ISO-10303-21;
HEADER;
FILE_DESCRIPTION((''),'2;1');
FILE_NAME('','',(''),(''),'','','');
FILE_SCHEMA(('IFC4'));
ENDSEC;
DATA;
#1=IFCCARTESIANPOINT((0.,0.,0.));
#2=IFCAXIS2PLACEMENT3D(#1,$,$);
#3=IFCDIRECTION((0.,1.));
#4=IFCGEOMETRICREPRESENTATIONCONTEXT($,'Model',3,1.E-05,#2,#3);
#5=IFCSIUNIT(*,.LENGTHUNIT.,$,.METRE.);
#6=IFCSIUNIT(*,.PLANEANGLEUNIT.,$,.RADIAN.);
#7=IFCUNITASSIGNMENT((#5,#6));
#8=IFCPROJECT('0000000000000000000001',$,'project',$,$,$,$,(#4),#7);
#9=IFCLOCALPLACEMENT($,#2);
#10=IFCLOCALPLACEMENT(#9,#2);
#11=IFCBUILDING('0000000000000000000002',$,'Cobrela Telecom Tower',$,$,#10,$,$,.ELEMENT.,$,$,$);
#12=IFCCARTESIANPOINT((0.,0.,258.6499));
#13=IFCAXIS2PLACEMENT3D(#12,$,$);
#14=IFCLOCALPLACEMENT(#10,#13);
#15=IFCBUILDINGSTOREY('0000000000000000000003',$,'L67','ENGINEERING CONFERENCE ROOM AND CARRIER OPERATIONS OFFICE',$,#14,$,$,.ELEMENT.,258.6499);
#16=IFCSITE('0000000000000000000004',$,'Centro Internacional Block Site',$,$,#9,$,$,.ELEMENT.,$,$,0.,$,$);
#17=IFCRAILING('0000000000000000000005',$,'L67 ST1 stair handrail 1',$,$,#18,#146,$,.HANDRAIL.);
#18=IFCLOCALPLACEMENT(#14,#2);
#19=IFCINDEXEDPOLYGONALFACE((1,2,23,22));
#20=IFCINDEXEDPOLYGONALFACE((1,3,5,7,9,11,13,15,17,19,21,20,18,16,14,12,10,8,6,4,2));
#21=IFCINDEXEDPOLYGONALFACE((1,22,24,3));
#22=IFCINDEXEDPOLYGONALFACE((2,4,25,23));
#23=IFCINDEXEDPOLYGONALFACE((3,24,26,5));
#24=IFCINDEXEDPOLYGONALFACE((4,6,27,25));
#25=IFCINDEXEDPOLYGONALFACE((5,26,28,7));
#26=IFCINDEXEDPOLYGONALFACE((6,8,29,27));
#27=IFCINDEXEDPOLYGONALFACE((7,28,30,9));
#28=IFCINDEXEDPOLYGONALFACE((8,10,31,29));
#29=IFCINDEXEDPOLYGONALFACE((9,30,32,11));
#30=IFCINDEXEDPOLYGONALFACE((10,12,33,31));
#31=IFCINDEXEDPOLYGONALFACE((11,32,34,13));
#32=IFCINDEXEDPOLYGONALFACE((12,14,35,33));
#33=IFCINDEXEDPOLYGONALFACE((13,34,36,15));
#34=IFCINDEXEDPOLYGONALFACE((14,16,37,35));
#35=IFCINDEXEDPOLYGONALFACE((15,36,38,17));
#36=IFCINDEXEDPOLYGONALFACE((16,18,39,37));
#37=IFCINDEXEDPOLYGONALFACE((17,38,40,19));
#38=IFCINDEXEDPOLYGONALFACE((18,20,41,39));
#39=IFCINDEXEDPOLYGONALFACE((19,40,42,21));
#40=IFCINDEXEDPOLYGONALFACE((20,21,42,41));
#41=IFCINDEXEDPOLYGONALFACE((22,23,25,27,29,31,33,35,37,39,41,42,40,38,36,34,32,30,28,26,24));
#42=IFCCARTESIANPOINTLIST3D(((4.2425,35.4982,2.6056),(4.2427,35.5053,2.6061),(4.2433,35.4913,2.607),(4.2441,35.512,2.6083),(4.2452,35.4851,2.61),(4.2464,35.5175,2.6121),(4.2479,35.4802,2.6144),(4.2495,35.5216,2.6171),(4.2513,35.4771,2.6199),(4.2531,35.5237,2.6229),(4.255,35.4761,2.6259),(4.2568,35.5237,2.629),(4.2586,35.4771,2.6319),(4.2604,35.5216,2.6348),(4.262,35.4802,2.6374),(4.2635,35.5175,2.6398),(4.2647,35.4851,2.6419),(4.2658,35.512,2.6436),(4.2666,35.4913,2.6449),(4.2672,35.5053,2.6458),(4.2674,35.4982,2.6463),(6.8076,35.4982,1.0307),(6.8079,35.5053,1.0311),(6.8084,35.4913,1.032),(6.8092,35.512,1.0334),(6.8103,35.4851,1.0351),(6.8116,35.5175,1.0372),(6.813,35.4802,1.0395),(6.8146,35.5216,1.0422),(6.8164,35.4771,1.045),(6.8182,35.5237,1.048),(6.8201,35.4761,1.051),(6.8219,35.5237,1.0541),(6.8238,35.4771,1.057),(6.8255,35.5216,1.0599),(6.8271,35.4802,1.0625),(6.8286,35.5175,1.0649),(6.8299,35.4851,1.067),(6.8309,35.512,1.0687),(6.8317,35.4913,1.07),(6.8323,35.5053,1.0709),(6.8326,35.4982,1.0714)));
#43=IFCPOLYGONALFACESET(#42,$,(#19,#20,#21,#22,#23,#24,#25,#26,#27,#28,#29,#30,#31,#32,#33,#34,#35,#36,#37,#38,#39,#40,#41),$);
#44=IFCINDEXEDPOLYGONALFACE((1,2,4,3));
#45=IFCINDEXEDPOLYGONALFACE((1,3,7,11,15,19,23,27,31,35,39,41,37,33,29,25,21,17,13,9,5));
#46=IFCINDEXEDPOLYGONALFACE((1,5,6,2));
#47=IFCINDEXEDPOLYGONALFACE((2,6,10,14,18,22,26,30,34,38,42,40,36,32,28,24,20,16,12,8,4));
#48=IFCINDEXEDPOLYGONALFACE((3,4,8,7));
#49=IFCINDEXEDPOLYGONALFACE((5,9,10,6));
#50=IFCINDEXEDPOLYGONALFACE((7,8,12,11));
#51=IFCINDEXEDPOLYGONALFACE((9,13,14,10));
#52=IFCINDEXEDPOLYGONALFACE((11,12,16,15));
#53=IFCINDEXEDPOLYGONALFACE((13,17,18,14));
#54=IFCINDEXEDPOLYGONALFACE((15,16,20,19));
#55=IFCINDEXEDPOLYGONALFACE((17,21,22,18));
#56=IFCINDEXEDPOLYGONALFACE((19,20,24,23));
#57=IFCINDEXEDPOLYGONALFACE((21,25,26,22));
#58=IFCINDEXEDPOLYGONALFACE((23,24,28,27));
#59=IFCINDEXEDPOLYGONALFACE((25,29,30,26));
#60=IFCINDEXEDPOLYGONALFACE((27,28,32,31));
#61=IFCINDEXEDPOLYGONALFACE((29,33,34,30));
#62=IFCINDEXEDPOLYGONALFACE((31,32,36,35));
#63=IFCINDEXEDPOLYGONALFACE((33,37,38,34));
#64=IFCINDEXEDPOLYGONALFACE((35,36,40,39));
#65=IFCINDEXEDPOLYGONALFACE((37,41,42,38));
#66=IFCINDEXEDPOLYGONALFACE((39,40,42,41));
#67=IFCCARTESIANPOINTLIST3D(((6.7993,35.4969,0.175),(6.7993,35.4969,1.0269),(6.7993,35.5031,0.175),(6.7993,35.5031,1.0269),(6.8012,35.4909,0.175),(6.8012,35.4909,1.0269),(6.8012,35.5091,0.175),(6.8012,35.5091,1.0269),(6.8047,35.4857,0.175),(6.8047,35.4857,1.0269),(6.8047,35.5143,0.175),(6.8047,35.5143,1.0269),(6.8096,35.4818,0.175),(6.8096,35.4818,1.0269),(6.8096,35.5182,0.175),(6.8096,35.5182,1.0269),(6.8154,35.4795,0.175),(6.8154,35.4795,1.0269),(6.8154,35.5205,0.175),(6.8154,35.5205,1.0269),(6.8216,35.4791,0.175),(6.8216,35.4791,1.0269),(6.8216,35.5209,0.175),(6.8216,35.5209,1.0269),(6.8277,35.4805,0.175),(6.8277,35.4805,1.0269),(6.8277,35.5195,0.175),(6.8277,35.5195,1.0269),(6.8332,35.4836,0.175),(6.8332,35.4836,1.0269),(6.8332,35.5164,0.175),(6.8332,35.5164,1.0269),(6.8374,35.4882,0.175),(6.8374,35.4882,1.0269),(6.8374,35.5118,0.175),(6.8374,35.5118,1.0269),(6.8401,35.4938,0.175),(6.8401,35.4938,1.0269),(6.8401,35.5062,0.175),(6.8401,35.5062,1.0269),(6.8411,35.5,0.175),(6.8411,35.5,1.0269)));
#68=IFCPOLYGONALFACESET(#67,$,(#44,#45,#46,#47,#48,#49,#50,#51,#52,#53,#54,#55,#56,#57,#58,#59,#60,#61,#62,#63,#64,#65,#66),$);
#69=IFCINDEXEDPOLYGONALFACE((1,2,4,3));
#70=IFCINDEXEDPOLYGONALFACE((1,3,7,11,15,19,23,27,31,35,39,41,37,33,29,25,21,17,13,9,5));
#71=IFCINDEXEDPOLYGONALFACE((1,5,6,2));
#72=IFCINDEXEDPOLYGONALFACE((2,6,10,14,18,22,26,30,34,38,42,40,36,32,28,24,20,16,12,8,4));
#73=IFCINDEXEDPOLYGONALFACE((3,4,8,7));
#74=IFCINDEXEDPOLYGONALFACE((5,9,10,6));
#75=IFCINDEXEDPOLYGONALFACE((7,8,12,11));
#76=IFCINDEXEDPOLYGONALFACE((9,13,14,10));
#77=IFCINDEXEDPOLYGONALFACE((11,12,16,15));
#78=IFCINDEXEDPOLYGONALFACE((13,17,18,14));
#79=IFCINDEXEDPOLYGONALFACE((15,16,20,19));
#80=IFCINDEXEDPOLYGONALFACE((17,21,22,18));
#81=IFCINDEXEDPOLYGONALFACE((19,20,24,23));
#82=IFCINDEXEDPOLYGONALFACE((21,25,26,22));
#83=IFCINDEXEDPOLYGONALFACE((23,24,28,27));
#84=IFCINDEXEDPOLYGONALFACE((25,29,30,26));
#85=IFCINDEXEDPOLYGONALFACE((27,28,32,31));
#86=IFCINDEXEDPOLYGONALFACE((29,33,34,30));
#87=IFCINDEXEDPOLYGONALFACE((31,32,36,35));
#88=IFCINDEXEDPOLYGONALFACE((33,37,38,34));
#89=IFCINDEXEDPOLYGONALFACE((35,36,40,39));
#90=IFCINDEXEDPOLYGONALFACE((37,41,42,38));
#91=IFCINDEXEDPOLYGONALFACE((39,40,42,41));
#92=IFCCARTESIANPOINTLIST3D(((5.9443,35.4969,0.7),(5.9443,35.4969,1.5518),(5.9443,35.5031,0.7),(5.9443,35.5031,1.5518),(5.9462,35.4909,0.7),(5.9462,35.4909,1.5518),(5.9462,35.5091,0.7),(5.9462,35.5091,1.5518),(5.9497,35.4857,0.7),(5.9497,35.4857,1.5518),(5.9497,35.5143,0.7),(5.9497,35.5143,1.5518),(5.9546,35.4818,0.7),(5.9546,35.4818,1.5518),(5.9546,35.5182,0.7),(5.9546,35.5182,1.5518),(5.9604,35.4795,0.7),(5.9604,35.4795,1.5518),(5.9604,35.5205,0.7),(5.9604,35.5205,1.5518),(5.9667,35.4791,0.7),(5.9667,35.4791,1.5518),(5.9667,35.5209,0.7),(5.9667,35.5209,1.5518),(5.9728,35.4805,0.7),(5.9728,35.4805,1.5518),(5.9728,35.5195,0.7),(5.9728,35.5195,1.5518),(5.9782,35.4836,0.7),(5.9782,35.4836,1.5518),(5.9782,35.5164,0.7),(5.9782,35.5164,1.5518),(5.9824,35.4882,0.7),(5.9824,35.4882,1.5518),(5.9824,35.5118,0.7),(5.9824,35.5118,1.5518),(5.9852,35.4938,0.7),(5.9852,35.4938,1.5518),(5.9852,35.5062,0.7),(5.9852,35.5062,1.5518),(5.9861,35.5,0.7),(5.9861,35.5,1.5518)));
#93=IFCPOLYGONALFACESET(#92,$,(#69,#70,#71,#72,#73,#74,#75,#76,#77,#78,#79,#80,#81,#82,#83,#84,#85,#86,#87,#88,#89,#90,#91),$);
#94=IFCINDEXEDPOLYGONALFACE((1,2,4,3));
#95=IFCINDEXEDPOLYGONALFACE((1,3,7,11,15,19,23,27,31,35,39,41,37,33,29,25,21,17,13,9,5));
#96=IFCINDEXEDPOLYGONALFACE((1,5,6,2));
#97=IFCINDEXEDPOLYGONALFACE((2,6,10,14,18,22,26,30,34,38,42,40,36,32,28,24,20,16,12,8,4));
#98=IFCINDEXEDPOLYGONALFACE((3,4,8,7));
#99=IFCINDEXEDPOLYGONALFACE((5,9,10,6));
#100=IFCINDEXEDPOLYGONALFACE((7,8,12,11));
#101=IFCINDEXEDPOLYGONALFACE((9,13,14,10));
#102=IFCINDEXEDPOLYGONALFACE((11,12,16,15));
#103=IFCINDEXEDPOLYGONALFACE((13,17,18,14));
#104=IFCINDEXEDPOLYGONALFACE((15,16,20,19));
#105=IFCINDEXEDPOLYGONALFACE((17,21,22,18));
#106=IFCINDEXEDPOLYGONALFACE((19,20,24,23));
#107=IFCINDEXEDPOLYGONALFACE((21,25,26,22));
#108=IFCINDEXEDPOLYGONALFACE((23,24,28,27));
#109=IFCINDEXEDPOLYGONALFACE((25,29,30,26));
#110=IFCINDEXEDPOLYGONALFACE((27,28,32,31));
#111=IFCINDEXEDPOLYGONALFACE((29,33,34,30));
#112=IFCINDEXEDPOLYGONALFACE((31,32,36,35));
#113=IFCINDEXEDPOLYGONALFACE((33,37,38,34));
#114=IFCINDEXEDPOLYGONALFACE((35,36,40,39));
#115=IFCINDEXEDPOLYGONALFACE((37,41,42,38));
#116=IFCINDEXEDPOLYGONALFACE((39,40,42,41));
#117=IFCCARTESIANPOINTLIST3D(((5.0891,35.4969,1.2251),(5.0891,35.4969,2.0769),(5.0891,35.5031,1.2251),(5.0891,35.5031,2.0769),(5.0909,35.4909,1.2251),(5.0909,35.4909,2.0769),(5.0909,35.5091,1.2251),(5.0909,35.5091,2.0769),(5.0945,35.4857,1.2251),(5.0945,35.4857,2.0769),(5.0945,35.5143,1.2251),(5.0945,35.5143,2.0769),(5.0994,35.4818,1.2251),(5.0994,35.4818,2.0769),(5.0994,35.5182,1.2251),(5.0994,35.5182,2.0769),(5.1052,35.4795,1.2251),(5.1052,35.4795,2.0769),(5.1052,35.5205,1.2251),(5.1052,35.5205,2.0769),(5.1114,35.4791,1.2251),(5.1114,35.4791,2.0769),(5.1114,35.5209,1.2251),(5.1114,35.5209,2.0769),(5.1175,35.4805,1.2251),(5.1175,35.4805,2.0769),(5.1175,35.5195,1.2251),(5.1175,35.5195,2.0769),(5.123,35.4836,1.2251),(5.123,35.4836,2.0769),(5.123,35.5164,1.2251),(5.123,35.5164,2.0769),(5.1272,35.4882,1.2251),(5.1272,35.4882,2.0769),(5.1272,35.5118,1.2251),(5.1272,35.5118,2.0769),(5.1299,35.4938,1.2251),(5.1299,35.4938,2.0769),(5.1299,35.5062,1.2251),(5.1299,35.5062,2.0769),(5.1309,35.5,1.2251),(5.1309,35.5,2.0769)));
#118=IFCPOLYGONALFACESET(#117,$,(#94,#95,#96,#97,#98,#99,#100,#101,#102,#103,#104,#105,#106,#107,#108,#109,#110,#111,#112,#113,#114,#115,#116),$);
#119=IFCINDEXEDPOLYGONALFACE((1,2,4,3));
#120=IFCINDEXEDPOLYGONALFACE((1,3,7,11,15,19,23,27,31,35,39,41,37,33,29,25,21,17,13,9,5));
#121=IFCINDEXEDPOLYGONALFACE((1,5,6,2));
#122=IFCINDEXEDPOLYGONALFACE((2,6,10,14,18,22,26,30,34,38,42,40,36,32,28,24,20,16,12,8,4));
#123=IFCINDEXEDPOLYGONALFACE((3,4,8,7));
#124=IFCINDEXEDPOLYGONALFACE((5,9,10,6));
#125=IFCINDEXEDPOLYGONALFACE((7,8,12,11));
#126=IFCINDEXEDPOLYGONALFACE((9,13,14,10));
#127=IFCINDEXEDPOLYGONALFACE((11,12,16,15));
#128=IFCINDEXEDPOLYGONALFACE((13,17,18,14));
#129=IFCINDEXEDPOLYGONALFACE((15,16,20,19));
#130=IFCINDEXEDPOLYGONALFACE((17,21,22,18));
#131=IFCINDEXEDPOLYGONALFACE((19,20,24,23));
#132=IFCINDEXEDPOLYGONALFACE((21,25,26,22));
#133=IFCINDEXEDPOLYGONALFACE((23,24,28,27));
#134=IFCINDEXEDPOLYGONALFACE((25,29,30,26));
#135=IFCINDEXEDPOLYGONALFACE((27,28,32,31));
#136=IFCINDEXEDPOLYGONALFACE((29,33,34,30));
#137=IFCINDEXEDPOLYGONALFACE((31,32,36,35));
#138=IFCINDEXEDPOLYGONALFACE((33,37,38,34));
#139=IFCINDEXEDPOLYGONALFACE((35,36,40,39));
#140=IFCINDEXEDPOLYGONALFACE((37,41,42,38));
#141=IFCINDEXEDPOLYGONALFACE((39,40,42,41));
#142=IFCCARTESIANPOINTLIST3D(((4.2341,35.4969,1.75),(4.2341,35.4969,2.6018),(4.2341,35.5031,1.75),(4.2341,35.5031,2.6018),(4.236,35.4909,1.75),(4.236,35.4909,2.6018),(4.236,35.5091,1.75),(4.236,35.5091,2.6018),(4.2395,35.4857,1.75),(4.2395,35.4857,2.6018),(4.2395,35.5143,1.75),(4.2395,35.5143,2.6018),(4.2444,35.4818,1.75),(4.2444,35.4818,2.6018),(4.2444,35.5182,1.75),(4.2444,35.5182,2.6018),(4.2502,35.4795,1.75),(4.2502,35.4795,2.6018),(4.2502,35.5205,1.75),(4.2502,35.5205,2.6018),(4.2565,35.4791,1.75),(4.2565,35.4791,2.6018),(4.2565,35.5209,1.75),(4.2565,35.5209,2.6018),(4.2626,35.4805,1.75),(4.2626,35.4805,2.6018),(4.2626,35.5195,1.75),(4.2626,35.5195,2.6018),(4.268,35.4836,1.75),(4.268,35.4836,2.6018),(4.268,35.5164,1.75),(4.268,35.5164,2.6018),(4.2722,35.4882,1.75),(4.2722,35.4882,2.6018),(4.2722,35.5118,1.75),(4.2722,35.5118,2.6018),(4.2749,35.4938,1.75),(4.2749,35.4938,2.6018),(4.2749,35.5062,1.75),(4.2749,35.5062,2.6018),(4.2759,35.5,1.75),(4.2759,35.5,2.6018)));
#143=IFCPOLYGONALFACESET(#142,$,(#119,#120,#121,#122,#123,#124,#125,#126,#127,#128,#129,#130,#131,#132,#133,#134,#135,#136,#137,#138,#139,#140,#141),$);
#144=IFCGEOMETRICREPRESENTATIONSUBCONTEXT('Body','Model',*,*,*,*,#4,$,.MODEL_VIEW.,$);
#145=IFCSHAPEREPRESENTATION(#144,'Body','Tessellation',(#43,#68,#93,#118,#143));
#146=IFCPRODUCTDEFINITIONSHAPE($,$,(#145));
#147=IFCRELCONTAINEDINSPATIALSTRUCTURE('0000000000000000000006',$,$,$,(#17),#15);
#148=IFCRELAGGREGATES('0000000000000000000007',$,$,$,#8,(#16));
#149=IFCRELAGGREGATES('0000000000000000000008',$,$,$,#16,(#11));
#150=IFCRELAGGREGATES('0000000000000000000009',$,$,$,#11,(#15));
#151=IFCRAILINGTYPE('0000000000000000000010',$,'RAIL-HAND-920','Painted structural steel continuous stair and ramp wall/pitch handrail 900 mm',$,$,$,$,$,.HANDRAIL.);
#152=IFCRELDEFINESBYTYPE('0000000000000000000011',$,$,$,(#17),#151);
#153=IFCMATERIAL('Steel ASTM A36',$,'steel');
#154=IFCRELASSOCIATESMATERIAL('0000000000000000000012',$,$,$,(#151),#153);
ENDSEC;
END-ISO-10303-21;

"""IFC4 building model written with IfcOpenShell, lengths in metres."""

from ifc_helpers import new_model, si_unit, direction, frame, origin, origin_2d, place, context, subcontext, project, spatial, circle, extrude, material, type_object, element, save


model = new_model("IFC4")

# Units and contexts
model_context = context("Model", 3, precision=1e-05, world=origin(), true_north=direction((0.0, 1.0)))
body_context = subcontext(model_context, "Body", "Model", "MODEL_VIEW")
ifc_project = project(units=[si_unit("LENGTHUNIT", "METRE"), si_unit("PLANEANGLEUNIT", "RADIAN")], contexts=[model_context])

# Site, building, storey
site_placement = place(None, origin())
site = spatial("IfcSite", under=ifc_project, at=site_placement, Name="Centro Internacional Block Site", CompositionType="ELEMENT", RefElevation=0.0)
building_placement = place(site_placement, origin())
building = spatial("IfcBuilding", under=site, at=building_placement, Name="Cobrela Telecom Tower", CompositionType="ELEMENT")
storey_placement = place(building_placement, frame((0.0, 0.0, 258.6499)))
storey = spatial("IfcBuildingStorey", under=building, at=storey_placement, Name="L67", Description="ENGINEERING CONFERENCE ROOM AND CARRIER OPERATIONS OFFICE", CompositionType="ELEMENT", Elevation=258.6499)

# Shared definitions
ifc_material_1 = material(Name="Steel ASTM A36", Category="steel")

# Railing
railing_type_1 = type_object("IfcRailingType", Name="RAIL-HAND-920", Description="Painted structural steel continuous stair and ramp wall/pitch handrail 900 mm", PredefinedType="HANDRAIL", material=ifc_material_1)
railing_1_placement = place(storey_placement, frame((6.8201, 35.5, 0.175)))
element("IfcRailing", 1, at=railing_1_placement, inside=storey, type_object=railing_type_1, Name="L67 ST1 stair handrail 1", PredefinedType="HANDRAIL", context=body_context, shape_type="SweptSolid", body=[
    extrude(circle(Radius=0.0239, at=origin_2d()), frame((0.0, 0.0, 0.876), z_axis=(-0.852195, 0.0, 0.523224), x_axis=(0.0, -1.0, 0.0)), (0.0, 0.0, 1.0), 3.01),
    extrude(circle(Radius=0.021, at=origin_2d()), origin(), (0.0, 0.0, 1.0), 0.8518),
    extrude(circle(Radius=0.021, at=origin_2d()), frame((-0.855, 0.0, 0.5249)), (0.0, 0.0, 1.0), 0.8518),
    extrude(circle(Radius=0.021, at=origin_2d()), frame((-1.7102, 0.0, 1.05)), (0.0, 0.0, 1.0), 0.8518),
    extrude(circle(Radius=0.021, at=origin_2d()), frame((-2.5652, 0.0, 1.575)), (0.0, 0.0, 1.0), 0.8518),
])

save(model, "model.ifc")
